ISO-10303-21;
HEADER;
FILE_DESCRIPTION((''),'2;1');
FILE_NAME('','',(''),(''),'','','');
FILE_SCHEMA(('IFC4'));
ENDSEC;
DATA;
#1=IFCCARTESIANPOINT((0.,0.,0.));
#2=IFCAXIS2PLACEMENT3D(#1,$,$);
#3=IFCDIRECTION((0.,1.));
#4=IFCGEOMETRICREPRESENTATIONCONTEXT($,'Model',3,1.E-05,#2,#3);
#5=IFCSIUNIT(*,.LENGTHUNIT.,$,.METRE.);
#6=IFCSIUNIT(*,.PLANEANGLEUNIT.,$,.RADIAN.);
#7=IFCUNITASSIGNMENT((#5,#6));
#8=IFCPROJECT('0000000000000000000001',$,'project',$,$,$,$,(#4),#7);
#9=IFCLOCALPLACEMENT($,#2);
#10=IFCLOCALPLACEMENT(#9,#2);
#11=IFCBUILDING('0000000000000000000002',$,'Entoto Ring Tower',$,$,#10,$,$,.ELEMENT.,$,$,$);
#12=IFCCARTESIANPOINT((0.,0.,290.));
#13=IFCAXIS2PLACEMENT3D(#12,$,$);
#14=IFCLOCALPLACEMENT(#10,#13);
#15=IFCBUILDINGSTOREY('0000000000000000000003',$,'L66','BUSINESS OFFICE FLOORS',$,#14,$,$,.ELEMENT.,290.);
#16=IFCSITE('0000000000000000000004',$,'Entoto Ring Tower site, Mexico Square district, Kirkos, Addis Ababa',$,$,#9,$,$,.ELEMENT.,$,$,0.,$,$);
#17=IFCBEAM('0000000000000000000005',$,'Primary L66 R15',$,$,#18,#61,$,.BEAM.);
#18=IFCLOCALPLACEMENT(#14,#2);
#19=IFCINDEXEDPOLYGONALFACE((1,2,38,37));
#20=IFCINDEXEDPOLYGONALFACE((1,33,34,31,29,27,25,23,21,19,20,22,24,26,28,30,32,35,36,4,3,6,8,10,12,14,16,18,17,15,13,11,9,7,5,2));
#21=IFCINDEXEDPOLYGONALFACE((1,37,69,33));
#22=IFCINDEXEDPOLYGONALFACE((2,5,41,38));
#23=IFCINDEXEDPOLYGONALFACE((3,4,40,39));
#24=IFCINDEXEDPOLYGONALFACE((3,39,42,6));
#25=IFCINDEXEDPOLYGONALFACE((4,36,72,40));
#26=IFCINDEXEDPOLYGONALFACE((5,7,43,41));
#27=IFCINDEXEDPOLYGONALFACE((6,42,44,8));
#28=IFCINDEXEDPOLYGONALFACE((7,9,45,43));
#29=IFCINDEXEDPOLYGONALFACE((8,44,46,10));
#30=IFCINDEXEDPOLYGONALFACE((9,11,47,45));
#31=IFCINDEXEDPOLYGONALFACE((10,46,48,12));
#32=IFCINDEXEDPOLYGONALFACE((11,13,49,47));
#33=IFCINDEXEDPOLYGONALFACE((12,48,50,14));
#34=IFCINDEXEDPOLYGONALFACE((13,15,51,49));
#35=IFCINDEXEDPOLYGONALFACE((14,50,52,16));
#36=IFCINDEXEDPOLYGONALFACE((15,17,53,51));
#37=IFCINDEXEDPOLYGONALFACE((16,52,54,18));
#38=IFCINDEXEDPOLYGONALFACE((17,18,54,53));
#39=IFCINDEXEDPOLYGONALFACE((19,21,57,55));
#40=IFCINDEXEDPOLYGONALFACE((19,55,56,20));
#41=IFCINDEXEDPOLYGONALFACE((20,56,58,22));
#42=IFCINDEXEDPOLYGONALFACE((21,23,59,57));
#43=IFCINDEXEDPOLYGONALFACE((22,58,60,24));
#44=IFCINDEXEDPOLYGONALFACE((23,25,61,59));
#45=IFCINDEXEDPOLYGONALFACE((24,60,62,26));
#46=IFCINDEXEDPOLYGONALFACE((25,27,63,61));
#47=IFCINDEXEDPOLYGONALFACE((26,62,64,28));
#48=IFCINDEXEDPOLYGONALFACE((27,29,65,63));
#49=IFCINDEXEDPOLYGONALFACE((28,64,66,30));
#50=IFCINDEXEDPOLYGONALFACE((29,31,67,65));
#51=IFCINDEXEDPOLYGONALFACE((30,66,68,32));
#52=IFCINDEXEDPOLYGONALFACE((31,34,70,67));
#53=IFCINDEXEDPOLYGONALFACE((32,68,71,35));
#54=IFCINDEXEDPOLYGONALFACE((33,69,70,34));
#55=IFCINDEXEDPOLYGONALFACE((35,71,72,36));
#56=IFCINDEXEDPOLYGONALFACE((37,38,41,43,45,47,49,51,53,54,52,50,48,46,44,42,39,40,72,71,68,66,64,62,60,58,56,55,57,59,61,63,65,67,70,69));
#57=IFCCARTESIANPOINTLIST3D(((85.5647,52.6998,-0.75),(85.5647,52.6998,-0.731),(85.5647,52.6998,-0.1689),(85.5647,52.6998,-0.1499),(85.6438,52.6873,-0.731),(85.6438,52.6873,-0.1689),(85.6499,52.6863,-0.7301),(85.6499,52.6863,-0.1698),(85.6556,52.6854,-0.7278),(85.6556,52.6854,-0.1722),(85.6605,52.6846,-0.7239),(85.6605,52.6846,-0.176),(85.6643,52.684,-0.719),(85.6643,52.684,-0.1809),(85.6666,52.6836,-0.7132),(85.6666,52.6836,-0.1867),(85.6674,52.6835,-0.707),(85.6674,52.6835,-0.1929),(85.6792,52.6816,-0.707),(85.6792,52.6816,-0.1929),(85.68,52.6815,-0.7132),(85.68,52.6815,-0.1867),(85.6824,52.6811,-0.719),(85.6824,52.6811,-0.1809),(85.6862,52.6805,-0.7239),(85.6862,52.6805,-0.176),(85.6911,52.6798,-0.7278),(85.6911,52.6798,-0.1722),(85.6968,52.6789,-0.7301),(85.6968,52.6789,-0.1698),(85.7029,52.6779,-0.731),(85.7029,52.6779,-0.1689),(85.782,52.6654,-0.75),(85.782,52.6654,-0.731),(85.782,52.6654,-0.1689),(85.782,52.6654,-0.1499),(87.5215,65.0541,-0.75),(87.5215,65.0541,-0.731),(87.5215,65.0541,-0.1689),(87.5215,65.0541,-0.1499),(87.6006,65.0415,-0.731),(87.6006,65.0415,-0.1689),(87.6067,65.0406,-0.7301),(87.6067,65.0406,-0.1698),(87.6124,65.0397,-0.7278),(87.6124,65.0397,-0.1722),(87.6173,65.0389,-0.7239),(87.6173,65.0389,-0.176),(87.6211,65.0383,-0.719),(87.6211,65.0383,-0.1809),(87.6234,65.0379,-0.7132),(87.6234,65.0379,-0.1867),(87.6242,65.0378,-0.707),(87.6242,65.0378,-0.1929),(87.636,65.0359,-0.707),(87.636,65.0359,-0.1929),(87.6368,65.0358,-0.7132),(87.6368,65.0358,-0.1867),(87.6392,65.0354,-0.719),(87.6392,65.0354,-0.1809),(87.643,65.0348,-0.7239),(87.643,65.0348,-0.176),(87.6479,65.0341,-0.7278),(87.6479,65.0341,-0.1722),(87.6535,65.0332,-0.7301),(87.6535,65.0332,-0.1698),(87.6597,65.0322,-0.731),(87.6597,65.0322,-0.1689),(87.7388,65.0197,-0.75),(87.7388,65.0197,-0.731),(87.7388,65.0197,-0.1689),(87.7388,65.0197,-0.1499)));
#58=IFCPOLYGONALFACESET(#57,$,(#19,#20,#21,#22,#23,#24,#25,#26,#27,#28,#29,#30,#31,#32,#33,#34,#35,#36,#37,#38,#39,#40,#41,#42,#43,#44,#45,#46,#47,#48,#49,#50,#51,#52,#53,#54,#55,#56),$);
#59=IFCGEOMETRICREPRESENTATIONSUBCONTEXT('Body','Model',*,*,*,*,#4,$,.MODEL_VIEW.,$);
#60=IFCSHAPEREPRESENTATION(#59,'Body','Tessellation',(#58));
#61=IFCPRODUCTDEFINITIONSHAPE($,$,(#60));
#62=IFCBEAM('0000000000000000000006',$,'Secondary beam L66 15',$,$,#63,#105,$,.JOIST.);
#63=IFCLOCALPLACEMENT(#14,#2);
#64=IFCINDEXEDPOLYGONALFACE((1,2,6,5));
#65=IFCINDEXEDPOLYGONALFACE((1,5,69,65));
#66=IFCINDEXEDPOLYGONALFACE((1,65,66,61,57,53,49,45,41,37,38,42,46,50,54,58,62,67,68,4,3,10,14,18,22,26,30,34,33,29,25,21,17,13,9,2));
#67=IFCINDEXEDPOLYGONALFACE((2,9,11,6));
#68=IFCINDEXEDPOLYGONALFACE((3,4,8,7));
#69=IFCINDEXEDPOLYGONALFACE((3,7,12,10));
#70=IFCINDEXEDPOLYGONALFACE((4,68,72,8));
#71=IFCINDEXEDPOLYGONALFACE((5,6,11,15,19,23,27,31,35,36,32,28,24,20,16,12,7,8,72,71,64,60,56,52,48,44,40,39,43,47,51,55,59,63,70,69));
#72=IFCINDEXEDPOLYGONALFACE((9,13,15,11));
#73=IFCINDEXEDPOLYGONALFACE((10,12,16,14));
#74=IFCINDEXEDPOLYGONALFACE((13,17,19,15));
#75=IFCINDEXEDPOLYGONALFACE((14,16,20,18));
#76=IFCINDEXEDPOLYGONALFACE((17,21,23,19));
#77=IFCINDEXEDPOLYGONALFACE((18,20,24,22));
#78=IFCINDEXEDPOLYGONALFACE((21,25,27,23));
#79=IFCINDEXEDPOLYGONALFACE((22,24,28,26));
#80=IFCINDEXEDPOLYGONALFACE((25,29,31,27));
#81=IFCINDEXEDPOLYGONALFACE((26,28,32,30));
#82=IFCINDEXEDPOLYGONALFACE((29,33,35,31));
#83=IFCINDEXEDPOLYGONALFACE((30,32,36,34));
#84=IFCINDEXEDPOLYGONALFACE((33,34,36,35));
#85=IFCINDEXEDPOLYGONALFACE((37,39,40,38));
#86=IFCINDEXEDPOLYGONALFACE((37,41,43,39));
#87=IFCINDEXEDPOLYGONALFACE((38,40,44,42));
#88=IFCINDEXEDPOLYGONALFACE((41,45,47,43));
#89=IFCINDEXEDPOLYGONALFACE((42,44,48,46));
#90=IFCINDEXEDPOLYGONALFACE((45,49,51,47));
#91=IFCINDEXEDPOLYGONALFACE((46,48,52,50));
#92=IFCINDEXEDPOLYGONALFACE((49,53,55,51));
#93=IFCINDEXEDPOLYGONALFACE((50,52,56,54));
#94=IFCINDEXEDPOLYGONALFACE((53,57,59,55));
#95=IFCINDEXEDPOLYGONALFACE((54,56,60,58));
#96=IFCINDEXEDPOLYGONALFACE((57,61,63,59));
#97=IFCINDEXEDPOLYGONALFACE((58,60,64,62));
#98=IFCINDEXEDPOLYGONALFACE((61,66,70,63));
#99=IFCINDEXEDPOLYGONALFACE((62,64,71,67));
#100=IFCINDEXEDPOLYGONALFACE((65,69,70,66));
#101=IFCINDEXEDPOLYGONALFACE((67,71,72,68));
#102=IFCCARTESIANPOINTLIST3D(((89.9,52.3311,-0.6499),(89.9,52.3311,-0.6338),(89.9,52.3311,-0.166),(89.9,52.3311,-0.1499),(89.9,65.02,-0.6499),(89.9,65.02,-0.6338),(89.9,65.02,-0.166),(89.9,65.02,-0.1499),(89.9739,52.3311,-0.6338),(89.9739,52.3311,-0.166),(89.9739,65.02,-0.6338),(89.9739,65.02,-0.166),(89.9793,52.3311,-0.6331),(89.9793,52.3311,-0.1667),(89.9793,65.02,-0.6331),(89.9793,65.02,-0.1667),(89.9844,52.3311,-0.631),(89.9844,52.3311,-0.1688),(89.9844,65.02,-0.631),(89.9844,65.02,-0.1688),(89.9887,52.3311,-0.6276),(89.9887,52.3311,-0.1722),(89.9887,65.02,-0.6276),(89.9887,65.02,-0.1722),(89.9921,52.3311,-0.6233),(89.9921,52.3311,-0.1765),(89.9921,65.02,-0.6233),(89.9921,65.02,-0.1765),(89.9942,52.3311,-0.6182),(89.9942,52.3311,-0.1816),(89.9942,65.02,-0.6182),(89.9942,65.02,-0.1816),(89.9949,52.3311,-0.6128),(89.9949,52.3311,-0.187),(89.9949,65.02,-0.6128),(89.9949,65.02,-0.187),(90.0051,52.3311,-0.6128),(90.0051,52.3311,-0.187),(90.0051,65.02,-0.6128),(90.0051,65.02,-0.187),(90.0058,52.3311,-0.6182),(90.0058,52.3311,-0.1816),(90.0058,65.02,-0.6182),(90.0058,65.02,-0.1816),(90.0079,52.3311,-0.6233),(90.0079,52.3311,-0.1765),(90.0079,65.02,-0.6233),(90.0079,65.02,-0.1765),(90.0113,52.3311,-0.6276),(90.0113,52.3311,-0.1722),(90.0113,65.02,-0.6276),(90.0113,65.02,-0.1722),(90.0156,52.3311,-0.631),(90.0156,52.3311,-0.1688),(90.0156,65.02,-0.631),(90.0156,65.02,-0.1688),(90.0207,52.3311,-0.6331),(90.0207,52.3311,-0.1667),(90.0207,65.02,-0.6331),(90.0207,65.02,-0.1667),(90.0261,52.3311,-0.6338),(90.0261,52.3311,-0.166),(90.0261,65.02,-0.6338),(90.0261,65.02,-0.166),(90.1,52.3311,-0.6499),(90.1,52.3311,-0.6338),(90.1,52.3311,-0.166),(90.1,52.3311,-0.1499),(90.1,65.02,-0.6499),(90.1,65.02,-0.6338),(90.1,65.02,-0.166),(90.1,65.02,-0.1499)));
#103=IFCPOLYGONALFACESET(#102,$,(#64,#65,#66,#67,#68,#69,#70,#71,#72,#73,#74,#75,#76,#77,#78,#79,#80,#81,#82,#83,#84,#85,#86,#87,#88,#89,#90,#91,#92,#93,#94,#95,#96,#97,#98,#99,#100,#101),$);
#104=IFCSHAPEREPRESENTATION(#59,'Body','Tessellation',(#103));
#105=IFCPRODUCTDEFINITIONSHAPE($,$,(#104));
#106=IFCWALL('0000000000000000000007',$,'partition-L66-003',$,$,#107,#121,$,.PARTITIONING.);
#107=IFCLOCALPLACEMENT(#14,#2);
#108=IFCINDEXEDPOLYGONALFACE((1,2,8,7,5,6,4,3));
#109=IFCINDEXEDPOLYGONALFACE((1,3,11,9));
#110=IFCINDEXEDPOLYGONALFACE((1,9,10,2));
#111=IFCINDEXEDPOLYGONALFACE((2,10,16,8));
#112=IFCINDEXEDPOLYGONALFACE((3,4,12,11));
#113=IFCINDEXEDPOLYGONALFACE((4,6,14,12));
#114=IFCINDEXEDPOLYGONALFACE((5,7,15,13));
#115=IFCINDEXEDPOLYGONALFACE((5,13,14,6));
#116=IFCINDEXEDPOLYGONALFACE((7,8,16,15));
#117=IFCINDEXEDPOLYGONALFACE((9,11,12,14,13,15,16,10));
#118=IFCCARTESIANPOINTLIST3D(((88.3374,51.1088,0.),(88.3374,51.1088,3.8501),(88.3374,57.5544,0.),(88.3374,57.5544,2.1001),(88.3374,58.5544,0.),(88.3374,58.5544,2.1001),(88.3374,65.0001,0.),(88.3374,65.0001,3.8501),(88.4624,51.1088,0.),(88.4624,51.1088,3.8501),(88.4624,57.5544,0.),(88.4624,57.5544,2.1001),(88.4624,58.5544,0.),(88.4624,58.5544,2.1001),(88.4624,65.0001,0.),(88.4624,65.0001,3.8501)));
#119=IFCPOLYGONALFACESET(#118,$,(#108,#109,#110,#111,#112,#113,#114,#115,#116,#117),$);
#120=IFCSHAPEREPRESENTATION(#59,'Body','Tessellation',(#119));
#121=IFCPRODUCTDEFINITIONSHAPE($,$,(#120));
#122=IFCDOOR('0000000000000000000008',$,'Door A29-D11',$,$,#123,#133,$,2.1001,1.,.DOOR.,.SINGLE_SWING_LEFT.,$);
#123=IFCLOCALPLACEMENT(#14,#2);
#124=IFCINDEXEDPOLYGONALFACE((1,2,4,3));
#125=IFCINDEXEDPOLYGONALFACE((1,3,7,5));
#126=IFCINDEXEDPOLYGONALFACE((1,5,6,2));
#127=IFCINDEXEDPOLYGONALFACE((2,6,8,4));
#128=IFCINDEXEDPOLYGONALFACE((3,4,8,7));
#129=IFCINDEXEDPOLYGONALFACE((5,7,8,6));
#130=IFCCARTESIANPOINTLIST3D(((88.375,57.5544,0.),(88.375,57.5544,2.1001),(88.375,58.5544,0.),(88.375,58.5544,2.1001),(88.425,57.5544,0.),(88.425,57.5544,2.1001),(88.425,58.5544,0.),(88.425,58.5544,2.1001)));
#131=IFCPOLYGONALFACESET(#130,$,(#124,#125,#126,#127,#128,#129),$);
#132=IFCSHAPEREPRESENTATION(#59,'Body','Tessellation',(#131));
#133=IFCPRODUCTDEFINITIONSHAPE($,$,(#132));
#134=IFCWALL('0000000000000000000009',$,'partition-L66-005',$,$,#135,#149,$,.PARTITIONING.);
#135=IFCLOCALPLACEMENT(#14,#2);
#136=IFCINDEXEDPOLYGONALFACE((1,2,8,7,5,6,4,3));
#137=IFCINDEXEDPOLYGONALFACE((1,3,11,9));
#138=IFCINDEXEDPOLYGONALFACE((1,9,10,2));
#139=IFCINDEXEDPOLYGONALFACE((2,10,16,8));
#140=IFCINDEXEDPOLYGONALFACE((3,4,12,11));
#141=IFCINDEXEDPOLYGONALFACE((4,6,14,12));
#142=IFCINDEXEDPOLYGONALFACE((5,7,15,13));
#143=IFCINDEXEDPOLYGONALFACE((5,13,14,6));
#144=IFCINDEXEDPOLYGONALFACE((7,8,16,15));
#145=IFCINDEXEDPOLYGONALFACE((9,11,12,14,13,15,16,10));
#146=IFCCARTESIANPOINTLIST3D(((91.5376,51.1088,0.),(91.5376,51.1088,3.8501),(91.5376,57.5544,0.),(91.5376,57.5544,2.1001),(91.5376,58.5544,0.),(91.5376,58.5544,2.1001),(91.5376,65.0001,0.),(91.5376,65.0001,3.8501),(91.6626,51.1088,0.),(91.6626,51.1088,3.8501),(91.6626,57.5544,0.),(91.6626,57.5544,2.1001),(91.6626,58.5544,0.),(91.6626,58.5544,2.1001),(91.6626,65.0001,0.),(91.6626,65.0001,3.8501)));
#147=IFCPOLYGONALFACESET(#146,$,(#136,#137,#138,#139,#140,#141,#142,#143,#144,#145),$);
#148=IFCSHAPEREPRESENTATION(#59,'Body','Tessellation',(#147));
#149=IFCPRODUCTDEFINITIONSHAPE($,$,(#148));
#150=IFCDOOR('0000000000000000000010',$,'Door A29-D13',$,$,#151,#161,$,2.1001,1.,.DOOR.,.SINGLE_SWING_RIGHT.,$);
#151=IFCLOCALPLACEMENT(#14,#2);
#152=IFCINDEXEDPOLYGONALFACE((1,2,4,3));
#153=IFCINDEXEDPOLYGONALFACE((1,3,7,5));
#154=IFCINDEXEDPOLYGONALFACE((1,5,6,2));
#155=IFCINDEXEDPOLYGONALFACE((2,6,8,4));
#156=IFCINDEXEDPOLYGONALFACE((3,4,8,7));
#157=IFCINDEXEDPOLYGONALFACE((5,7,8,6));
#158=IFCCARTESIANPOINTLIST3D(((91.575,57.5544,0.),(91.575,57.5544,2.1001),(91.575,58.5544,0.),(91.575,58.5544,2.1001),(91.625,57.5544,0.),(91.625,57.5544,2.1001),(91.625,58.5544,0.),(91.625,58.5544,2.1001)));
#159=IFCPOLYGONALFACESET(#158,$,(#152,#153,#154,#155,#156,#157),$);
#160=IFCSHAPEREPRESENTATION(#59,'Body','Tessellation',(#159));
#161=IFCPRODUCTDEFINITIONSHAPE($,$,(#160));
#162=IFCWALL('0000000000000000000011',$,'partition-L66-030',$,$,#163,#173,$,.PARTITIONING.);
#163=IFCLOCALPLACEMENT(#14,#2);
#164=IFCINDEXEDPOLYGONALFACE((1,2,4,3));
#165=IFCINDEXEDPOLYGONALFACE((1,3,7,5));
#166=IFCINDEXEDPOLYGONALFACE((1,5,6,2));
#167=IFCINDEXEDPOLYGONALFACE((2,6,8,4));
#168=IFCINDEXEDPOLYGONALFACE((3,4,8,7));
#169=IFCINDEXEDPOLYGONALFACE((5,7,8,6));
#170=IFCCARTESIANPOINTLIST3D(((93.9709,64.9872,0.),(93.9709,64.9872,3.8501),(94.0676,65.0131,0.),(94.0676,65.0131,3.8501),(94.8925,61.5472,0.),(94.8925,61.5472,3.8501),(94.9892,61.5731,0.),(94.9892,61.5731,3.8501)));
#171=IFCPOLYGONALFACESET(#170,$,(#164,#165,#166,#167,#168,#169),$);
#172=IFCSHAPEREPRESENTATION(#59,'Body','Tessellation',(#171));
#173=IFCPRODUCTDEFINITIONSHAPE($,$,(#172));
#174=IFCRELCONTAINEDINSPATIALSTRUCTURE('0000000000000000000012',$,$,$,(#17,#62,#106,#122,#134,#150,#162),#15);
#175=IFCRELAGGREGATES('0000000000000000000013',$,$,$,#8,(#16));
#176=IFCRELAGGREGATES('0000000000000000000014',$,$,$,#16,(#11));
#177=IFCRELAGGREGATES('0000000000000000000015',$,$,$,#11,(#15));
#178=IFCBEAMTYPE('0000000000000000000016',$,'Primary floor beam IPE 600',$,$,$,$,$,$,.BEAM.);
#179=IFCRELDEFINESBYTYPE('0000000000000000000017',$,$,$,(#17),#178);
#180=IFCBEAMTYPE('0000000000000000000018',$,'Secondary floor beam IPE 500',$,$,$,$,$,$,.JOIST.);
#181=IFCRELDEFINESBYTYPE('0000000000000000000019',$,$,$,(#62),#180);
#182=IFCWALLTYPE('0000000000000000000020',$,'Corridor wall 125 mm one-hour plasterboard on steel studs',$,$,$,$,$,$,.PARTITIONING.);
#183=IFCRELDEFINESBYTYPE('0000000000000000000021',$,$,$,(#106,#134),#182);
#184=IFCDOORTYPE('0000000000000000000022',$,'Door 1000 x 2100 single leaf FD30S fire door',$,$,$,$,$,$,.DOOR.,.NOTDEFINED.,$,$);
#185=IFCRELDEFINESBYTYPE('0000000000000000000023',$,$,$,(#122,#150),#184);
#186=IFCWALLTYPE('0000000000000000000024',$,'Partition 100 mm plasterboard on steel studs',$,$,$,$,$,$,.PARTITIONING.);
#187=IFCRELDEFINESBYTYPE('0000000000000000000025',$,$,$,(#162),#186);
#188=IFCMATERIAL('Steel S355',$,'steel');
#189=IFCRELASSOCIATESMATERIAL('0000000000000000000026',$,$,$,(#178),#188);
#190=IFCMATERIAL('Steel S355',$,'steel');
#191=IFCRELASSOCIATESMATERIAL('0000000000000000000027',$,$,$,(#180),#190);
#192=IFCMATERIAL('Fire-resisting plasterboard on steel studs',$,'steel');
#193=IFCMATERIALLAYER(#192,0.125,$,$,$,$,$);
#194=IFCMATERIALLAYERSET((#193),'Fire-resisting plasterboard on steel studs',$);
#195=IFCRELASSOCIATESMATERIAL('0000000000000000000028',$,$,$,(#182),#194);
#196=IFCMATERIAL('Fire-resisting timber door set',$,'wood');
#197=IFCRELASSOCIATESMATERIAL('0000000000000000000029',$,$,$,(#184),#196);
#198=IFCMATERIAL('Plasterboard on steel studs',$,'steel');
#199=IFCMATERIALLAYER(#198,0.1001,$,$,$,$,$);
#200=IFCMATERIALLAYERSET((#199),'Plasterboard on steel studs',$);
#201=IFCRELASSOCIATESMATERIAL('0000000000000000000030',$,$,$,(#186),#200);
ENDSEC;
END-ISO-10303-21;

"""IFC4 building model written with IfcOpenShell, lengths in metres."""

from ifc_helpers import new_model, si_unit, direction, frame, frame_2d, origin, origin_2d, place, context, subcontext, project, spatial, rectangle, i_section, extrude, material, layer, layer_set, material_profile, profile_set, type_object, element, fill, save


model = new_model("IFC4")

# Units and contexts
model_context = context("Model", 3, precision=1e-05, world=origin(), true_north=direction((0.0, 1.0)))
body_context = subcontext(model_context, "Body", "Model", "MODEL_VIEW")
ifc_project = project(units=[si_unit("LENGTHUNIT", "METRE"), si_unit("PLANEANGLEUNIT", "RADIAN")], contexts=[model_context])

# Site, building, storey
site_placement = place(None, origin())
site = spatial("IfcSite", under=ifc_project, at=site_placement, Name="Entoto Ring Tower site, Mexico Square district, Kirkos, Addis Ababa", CompositionType="ELEMENT", RefElevation=0.0)
building_placement = place(site_placement, origin())
building = spatial("IfcBuilding", under=site, at=building_placement, Name="Entoto Ring Tower", CompositionType="ELEMENT")
storey_placement = place(building_placement, frame((0.0, 0.0, 290.0)))
storey = spatial("IfcBuildingStorey", under=building, at=storey_placement, Name="L66", Description="BUSINESS OFFICE FLOORS", CompositionType="ELEMENT", Elevation=290.0)

# Beams
ifc_material_1 = material(Name="Steel S355", Category="steel")
ifc_material_profile_1 = material_profile(ifc_material_1, i_section(OverallWidth=0.22, OverallDepth=0.6001, WebThickness=0.012, FlangeThickness=0.019, FilletRadius=0.0239, at=origin_2d()), Name="IPE 600")
ifc_profile_set_1 = profile_set([ifc_material_profile_1], Name="Steel S355")
beam_type_1 = type_object("IfcBeamType", Name="Primary floor beam IPE 600", PredefinedType="BEAM", material=ifc_profile_set_1)
beam_1_placement = place(storey_placement, frame((87.6301, 65.0369, -0.45), z_axis=(-0.15644, -0.987688, 0.0), x_axis=(0.987688, -0.15644, 0.0)))
element("IfcBeam", 1, at=beam_1_placement, inside=storey, type_object=beam_type_1, Name="Primary L66 R15", PredefinedType="BEAM", context=body_context, shape_type="SweptSolid", body=[
    extrude(i_section(OverallWidth=0.22, OverallDepth=0.6001, WebThickness=0.012, FlangeThickness=0.019, FilletRadius=0.0239, at=origin_2d()), origin(), (0.0, 0.0, 1.0), 12.5083),
])
ifc_material_2 = material(Name="Steel S355", Category="steel")
ifc_material_profile_2 = material_profile(ifc_material_2, i_section(OverallWidth=0.2, OverallDepth=0.5, WebThickness=0.0103, FlangeThickness=0.0161, FilletRadius=0.021, at=origin_2d()), Name="IPE 500")
ifc_profile_set_2 = profile_set([ifc_material_profile_2], Name="Steel S355")
beam_type_2 = type_object("IfcBeamType", Name="Secondary floor beam IPE 500", PredefinedType="JOIST", material=ifc_profile_set_2)
beam_2_placement = place(storey_placement, frame((90.0, 65.02, -0.3999), z_axis=(0.0, -1.0, 0.0), x_axis=(1.0, 0.0, 0.0)))
element("IfcBeam", 2, at=beam_2_placement, inside=storey, type_object=beam_type_2, Name="Secondary beam L66 15", PredefinedType="JOIST", context=body_context, shape_type="SweptSolid", body=[
    extrude(i_section(OverallWidth=0.2, OverallDepth=0.5, WebThickness=0.0103, FlangeThickness=0.0161, FilletRadius=0.021, at=origin_2d()), origin(), (0.0, 0.0, 1.0), 12.689),
])

# Walls, openings, doors
ifc_material_3 = material(Name="Fire-resisting plasterboard on steel studs", Category="steel")
ifc_layer_1 = layer(ifc_material_3, 0.125)
ifc_layer_set_1 = layer_set([ifc_layer_1], Name="Fire-resisting plasterboard on steel studs")
wall_type_1 = type_object("IfcWallType", Name="Corridor wall 125 mm one-hour plasterboard on steel studs", PredefinedType="PARTITIONING", material=ifc_layer_set_1)
wall_1_placement = place(storey_placement, frame((88.3999, 51.1086, 0.0), z_axis=(0.0, 0.0, 1.0), x_axis=(0.0, 1.0, 0.0)))
wall_1 = element("IfcWall", 3, at=wall_1_placement, inside=storey, type_object=wall_type_1, Name="partition-L66-003", PredefinedType="PARTITIONING", context=body_context, shape_type="SweptSolid", body=[
    extrude(rectangle(XDim=13.8914, YDim=0.125, at=frame_2d((6.9458, 0.0))), origin(), (0.0, 0.0, 1.0), 3.8501),
])
opening_1_placement = place(wall_1_placement, frame((6.4458, 0.0, 0.0)))
opening_1 = element("IfcOpeningElement", 4, at=opening_1_placement, cuts=wall_1, PredefinedType="OPENING", context=body_context, shape_type="SweptSolid", body=[
    extrude(rectangle(XDim=1.0, YDim=2.1001, at=frame_2d((0.5, 1.05))), frame((0.0, 0.0725, 0.0), z_axis=(0.0, -1.0, 0.0), x_axis=(1.0, 0.0, 0.0)), (0.0, 0.0, 1.0), 0.145),
])
ifc_material_4 = material(Name="Fire-resisting timber door set", Category="wood")
door_type_1 = type_object("IfcDoorType", Name="Door 1000 x 2100 single leaf FD30S fire door", OperationType="NOTDEFINED", PredefinedType="DOOR", material=ifc_material_4)
door_1_placement = place(opening_1_placement, origin())
door_1 = element("IfcDoor", 5, at=door_1_placement, inside=storey, type_object=door_type_1, Name="Door A29-D11", OperationType="SINGLE_SWING_LEFT", OverallHeight=2.1001, OverallWidth=1.0, PredefinedType="DOOR", context=body_context, shape_type="SweptSolid", body=[
    extrude(rectangle(XDim=1.0, YDim=2.1001, at=frame_2d((0.5, 1.05))), frame((0.0, 0.0249, 0.0), z_axis=(0.0, -1.0, 0.0), x_axis=(1.0, 0.0, 0.0)), (0.0, 0.0, 1.0), 0.05),
])
fill(opening_1, door_1)
wall_2_placement = place(storey_placement, frame((91.6001, 51.1086, 0.0), z_axis=(0.0, 0.0, 1.0), x_axis=(0.0, 1.0, 0.0)))
wall_2 = element("IfcWall", 6, at=wall_2_placement, inside=storey, type_object=wall_type_1, Name="partition-L66-005", PredefinedType="PARTITIONING", context=body_context, shape_type="SweptSolid", body=[
    extrude(rectangle(XDim=13.8914, YDim=0.125, at=frame_2d((6.9458, 0.0))), origin(), (0.0, 0.0, 1.0), 3.8501),
])
opening_2_placement = place(wall_2_placement, frame((6.4458, 0.0, 0.0)))
opening_2 = element("IfcOpeningElement", 7, at=opening_2_placement, cuts=wall_2, PredefinedType="OPENING", context=body_context, shape_type="SweptSolid", body=[
    extrude(rectangle(XDim=1.0, YDim=2.1001, at=frame_2d((0.5, 1.05))), frame((0.0, 0.0725, 0.0), z_axis=(0.0, -1.0, 0.0), x_axis=(1.0, 0.0, 0.0)), (0.0, 0.0, 1.0), 0.145),
])
door_2_placement = place(opening_2_placement, frame((1.0, 0.0, 0.0), z_axis=(0.0, 0.0, 1.0), x_axis=(-1.0, 0.0, 0.0)))
door_2 = element("IfcDoor", 8, at=door_2_placement, inside=storey, type_object=door_type_1, Name="Door A29-D13", OperationType="SINGLE_SWING_RIGHT", OverallHeight=2.1001, OverallWidth=1.0, PredefinedType="DOOR", context=body_context, shape_type="SweptSolid", body=[
    extrude(rectangle(XDim=1.0, YDim=2.1001, at=frame_2d((0.5, 1.05))), frame((0.0, 0.0249, 0.0), z_axis=(0.0, -1.0, 0.0), x_axis=(1.0, 0.0, 0.0)), (0.0, 0.0, 1.0), 0.05),
])
fill(opening_2, door_2)

# Wall
ifc_material_5 = material(Name="Plasterboard on steel studs", Category="steel")
ifc_layer_2 = layer(ifc_material_5, 0.1001)
ifc_layer_set_2 = layer_set([ifc_layer_2], Name="Plasterboard on steel studs")
wall_type_2 = type_object("IfcWallType", Name="Partition 100 mm plasterboard on steel studs", PredefinedType="PARTITIONING", material=ifc_layer_set_2)
wall_3_placement = place(storey_placement, frame((94.9409, 61.5601, 0.0), z_axis=(0.0, 0.0, 1.0), x_axis=(-0.258793, 0.965933, 0.0)))
element("IfcWall", 9, at=wall_3_placement, inside=storey, type_object=wall_type_2, Name="partition-L66-030", PredefinedType="PARTITIONING", context=body_context, shape_type="SweptSolid", body=[
    extrude(rectangle(XDim=3.5613, YDim=0.1001, at=frame_2d((1.7808, 0.0))), origin(), (0.0, 0.0, 1.0), 3.8501),
])

save(model, "model.ifc")
